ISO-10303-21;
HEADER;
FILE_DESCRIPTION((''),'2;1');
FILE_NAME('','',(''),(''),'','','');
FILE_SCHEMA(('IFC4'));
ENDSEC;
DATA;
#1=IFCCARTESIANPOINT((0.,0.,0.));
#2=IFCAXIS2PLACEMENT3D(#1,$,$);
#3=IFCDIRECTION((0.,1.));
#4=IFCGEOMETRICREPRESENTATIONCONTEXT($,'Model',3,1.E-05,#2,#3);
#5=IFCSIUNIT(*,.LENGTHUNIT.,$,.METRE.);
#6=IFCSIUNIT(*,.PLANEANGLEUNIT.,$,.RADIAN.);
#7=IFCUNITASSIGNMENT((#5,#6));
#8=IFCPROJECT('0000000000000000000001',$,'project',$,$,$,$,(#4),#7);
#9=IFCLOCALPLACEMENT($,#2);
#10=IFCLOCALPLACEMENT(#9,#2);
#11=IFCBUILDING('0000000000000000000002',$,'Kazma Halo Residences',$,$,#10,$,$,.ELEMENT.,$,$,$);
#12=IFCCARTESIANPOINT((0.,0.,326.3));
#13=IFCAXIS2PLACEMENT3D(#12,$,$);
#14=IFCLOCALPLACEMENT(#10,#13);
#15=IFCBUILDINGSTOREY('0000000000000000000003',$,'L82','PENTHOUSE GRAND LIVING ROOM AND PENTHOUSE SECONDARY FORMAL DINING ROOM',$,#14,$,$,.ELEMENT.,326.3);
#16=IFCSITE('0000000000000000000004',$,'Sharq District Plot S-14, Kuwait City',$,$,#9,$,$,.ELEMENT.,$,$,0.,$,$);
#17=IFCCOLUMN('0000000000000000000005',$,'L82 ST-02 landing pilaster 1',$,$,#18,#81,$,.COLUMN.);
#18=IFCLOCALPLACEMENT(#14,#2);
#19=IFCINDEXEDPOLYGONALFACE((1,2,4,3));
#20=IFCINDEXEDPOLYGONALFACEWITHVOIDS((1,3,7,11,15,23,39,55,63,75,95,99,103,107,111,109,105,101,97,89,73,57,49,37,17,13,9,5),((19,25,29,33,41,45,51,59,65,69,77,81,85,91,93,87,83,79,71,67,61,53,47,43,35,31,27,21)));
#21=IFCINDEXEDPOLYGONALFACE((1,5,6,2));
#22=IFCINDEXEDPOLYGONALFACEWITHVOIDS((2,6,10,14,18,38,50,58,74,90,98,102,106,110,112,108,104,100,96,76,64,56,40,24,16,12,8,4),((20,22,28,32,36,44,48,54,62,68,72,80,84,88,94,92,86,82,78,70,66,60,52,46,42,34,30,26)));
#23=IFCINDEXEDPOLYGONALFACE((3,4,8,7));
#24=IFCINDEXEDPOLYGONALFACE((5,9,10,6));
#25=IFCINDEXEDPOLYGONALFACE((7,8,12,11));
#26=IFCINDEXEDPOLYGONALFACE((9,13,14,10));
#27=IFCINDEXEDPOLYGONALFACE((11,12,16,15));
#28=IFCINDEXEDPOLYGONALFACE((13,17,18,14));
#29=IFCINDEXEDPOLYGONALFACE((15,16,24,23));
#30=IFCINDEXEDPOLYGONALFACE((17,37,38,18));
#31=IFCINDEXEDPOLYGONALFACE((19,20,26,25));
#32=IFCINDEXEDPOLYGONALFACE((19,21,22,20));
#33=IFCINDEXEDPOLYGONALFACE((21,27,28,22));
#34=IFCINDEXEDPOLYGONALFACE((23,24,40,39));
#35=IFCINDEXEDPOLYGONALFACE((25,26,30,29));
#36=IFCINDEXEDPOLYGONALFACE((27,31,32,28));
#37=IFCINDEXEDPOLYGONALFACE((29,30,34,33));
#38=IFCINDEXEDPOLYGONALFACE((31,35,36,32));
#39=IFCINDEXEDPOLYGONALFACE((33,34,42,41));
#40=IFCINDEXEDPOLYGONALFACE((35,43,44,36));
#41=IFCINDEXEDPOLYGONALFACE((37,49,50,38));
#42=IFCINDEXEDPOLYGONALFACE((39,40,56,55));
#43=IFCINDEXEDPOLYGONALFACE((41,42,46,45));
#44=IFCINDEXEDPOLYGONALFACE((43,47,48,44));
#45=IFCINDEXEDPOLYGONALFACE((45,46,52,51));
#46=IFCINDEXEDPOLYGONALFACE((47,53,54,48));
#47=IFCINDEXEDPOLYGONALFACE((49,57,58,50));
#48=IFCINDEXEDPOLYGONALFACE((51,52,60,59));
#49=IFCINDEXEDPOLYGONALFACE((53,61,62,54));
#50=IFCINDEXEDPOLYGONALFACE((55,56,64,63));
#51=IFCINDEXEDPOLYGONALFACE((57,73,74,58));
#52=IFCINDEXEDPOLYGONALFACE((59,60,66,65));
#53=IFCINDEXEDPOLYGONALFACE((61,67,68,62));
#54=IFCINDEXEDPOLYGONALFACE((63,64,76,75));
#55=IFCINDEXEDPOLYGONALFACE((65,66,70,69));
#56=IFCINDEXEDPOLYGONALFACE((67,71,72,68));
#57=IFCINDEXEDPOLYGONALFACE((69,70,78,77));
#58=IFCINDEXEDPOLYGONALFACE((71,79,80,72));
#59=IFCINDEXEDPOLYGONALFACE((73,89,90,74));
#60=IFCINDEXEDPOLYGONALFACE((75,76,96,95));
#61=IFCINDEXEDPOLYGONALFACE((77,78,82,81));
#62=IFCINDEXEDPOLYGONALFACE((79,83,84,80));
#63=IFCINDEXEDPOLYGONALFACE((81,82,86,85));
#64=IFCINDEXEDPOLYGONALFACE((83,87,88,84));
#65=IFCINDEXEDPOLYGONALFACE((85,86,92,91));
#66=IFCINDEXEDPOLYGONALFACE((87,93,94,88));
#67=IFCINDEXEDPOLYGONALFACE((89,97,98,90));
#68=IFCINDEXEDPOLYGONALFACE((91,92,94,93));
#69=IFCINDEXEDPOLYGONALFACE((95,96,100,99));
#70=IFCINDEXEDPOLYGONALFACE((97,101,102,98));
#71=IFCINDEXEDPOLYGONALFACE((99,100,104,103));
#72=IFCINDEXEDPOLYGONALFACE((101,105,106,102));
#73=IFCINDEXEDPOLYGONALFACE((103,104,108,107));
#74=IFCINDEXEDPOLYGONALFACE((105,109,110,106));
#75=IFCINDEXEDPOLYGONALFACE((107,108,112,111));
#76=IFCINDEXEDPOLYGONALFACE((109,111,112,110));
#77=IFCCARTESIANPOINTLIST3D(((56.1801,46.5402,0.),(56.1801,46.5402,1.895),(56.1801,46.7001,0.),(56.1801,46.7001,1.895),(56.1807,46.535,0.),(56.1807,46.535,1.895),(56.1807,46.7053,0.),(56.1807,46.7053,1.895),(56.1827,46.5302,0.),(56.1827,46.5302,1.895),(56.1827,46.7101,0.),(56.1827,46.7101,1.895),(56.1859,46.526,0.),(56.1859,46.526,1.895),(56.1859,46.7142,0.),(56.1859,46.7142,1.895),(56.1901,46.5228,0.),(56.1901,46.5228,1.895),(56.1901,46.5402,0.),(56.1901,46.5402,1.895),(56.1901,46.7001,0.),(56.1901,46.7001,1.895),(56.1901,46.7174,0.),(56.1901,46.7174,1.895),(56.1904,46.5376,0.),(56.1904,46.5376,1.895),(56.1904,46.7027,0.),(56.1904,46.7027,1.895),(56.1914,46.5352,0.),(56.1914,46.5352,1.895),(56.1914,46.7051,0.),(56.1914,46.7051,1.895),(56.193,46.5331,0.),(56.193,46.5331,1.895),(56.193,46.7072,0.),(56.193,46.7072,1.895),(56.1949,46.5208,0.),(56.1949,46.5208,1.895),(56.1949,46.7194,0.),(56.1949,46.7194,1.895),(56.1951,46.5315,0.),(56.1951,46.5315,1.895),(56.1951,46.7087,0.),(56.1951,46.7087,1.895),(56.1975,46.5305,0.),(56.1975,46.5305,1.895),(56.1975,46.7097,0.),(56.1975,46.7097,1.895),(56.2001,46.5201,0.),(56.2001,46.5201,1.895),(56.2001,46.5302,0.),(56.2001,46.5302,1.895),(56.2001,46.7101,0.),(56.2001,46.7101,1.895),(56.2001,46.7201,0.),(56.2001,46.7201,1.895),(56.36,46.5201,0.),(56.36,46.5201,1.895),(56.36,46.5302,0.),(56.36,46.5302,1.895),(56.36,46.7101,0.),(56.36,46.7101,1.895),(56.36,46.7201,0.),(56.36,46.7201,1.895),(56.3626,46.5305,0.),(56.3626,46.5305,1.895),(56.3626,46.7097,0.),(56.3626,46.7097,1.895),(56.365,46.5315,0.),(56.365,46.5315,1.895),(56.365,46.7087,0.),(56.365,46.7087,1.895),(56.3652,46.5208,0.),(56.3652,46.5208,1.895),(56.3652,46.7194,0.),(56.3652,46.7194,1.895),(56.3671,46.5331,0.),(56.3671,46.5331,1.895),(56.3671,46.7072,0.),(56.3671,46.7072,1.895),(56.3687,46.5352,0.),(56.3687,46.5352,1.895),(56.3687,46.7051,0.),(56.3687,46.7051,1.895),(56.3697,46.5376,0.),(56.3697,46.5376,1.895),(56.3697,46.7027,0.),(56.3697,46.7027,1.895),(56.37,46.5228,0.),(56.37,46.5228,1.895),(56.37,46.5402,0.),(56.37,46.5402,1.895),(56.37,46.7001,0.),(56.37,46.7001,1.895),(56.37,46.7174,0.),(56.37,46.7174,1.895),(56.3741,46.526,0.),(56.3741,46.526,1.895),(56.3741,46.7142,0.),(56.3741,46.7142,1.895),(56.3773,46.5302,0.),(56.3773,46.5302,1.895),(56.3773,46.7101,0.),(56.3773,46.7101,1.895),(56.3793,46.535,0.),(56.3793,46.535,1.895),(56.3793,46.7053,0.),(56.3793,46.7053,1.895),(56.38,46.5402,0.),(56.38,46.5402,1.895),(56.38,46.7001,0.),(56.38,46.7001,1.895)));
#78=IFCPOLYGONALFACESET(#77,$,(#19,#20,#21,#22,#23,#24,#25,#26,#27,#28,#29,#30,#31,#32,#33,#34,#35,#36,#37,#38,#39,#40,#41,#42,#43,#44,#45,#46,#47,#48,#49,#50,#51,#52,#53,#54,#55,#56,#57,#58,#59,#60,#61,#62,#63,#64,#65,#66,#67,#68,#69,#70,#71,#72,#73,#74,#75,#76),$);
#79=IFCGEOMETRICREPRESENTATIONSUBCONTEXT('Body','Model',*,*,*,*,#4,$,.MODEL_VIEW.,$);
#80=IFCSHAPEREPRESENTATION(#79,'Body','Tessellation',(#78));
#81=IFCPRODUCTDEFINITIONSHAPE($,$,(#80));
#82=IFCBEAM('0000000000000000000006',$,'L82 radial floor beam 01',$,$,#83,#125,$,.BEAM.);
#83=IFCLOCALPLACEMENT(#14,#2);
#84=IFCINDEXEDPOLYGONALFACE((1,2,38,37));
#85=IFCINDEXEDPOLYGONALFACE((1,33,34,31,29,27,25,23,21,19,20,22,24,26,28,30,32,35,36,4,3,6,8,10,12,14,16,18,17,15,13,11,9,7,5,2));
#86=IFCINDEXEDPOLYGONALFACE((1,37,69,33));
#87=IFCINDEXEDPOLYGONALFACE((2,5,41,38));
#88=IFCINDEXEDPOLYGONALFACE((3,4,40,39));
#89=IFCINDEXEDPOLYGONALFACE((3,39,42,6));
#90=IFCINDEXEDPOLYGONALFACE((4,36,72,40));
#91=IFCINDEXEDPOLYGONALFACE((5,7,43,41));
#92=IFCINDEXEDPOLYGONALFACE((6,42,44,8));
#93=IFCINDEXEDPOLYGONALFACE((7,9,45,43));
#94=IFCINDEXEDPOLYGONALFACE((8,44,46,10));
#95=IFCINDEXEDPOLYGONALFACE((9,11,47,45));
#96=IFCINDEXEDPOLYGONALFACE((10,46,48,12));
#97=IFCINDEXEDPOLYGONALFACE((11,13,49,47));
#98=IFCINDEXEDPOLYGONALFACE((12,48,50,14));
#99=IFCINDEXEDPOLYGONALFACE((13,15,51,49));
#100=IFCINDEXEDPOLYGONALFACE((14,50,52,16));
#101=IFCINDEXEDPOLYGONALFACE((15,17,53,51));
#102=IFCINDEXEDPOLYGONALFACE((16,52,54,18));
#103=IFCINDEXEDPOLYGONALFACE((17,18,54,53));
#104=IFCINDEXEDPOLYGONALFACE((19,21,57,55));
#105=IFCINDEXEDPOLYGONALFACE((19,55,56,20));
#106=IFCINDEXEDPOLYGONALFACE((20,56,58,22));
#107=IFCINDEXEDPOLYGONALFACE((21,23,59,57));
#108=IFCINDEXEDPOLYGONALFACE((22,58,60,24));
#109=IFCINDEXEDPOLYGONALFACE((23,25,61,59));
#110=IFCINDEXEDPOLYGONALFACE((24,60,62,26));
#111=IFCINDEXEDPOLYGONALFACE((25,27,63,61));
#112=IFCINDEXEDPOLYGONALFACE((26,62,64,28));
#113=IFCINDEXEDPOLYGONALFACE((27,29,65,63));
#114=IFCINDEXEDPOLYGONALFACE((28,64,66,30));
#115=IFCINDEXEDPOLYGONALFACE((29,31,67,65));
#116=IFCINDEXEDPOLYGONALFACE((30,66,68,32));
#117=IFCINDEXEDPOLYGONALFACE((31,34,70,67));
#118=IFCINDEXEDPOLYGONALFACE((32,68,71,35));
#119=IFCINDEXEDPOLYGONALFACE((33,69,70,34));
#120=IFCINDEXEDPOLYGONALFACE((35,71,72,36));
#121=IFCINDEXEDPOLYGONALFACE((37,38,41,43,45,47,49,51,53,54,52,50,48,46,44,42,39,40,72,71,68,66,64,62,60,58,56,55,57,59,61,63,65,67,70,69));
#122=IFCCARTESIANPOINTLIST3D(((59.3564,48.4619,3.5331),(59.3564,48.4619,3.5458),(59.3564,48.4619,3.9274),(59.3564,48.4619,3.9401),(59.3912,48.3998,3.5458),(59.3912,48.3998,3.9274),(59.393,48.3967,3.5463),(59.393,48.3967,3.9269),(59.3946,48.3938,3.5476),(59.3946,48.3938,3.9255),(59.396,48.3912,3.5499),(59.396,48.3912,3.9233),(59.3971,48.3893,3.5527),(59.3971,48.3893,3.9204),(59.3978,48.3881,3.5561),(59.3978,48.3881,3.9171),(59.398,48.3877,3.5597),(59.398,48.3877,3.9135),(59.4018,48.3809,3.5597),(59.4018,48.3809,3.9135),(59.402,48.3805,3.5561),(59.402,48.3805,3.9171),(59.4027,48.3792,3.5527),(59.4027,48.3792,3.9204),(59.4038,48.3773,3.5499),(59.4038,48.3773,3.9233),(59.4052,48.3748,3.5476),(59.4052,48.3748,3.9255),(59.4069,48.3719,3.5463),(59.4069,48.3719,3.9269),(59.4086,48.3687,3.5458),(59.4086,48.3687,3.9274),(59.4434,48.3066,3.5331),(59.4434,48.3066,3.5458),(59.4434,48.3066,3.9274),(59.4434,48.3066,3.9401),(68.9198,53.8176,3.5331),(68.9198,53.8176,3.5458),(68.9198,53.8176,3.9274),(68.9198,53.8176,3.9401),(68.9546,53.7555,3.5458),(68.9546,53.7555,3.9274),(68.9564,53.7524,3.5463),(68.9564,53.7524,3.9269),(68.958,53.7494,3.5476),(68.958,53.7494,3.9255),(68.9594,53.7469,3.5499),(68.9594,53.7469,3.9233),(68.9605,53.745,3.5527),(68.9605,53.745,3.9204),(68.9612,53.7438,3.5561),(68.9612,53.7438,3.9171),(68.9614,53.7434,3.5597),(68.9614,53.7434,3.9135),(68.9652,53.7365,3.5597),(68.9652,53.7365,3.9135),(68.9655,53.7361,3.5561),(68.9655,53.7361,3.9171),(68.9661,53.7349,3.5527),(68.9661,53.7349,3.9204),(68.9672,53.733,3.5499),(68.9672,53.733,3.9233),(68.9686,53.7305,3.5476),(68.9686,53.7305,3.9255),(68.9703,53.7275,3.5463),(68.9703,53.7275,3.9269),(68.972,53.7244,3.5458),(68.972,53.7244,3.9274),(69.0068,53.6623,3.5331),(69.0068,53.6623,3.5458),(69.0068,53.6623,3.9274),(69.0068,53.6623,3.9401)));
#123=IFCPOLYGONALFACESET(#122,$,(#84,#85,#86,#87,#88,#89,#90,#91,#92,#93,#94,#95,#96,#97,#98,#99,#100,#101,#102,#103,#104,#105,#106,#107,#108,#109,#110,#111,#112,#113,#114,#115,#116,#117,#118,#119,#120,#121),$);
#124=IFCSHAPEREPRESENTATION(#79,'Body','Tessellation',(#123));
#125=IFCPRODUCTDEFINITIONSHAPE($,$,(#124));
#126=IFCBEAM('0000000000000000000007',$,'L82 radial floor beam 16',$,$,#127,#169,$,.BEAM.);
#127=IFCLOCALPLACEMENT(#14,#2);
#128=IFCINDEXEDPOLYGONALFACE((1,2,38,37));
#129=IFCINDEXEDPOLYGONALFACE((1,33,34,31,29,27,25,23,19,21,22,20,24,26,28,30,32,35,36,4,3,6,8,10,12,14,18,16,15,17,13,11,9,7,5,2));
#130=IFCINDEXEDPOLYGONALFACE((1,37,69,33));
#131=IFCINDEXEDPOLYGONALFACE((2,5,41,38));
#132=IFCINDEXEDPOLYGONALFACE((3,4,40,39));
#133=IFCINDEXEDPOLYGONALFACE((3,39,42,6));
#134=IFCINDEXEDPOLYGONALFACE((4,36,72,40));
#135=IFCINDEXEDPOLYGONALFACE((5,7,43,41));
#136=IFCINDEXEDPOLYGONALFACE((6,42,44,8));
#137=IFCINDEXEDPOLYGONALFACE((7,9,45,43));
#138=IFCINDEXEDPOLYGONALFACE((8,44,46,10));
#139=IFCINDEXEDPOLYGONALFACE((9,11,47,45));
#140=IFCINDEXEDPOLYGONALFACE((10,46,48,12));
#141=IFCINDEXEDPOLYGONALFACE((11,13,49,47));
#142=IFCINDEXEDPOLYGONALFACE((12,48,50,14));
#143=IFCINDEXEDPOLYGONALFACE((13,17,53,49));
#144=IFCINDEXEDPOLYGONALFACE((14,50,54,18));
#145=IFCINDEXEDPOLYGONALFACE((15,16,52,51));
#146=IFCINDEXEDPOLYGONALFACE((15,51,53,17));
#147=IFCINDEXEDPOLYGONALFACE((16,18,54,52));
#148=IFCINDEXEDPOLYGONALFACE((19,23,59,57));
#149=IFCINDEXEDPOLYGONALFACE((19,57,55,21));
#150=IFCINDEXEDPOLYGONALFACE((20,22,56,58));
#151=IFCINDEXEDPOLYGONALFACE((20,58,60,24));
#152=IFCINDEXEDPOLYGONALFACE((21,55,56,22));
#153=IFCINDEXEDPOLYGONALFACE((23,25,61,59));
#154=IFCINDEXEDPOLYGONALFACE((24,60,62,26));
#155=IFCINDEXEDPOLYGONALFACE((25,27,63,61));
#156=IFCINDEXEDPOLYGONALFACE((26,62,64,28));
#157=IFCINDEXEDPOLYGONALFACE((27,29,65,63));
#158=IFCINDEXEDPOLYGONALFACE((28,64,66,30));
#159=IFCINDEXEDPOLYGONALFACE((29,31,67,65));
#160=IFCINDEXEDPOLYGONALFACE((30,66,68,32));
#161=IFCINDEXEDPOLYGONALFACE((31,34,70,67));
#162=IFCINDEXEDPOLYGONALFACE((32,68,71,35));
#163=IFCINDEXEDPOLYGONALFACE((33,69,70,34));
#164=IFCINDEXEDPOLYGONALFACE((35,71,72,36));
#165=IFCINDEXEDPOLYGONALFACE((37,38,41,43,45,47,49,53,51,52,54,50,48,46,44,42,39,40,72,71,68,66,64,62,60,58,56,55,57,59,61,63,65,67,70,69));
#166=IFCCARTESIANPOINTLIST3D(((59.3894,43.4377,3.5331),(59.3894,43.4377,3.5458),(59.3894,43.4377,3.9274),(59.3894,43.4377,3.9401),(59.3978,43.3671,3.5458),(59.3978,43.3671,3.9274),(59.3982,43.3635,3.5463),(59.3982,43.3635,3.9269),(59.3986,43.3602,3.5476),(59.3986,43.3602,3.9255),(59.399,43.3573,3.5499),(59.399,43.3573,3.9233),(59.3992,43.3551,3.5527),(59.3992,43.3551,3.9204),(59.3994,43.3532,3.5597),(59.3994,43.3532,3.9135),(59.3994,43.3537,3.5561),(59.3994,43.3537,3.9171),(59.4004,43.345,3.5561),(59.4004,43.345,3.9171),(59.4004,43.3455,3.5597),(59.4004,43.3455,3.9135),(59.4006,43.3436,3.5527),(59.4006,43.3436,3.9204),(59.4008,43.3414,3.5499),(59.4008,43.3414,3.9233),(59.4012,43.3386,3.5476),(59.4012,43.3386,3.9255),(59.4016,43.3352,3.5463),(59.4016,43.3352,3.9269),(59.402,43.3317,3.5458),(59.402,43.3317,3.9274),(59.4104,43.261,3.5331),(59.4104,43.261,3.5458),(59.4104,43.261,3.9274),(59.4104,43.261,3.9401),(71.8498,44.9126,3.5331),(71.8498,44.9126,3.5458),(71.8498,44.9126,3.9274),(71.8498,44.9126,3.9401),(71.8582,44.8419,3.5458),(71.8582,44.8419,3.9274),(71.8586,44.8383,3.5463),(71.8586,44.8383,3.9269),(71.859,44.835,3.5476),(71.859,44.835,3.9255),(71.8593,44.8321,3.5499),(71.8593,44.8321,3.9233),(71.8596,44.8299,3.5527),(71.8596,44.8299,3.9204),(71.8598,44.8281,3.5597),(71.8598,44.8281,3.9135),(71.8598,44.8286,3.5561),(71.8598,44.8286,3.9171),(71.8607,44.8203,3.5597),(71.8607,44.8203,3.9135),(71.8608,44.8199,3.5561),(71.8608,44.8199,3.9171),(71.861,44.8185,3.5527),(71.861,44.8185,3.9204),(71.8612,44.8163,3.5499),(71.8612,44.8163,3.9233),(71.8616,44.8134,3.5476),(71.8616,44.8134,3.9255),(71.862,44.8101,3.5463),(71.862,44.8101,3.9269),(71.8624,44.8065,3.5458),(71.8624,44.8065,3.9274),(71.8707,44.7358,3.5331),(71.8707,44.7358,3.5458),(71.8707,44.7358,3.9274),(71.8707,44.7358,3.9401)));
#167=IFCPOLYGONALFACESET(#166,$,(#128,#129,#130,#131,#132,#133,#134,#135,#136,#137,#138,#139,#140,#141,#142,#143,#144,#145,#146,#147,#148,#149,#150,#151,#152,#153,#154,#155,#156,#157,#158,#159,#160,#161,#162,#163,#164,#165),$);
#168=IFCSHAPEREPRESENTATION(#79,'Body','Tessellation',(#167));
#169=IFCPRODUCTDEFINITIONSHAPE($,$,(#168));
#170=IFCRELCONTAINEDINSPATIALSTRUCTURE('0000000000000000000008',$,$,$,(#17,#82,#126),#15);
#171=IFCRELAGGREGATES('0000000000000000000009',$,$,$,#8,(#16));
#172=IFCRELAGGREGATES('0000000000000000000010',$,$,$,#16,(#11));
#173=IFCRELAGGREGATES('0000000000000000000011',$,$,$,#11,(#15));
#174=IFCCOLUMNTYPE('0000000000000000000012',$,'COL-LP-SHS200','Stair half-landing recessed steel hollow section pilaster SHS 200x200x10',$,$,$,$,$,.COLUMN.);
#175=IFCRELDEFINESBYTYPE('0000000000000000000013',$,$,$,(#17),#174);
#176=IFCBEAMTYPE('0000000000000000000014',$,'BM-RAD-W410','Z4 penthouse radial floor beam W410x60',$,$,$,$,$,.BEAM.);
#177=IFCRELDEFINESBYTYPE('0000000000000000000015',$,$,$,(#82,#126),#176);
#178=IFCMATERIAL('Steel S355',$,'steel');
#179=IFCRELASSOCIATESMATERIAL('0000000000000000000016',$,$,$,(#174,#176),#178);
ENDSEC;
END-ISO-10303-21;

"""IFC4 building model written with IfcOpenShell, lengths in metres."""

from ifc_helpers import new_model, si_unit, direction, frame, origin, origin_2d, place, context, subcontext, project, spatial, hollow_rectangle, i_section, extrude, material, material_profile, profile_set, type_object, element, save


model = new_model("IFC4")

# Units and contexts
model_context = context("Model", 3, precision=1e-05, world=origin(), true_north=direction((0.0, 1.0)))
body_context = subcontext(model_context, "Body", "Model", "MODEL_VIEW")
ifc_project = project(units=[si_unit("LENGTHUNIT", "METRE"), si_unit("PLANEANGLEUNIT", "RADIAN")], contexts=[model_context])

# Site, building, storey
site_placement = place(None, origin())
site = spatial("IfcSite", under=ifc_project, at=site_placement, Name="Sharq District Plot S-14, Kuwait City", CompositionType="ELEMENT", RefElevation=0.0)
building_placement = place(site_placement, origin())
building = spatial("IfcBuilding", under=site, at=building_placement, Name="Kazma Halo Residences", CompositionType="ELEMENT")
storey_placement = place(building_placement, frame((0.0, 0.0, 326.3)))
storey = spatial("IfcBuildingStorey", under=building, at=storey_placement, Name="L82", Description="PENTHOUSE GRAND LIVING ROOM AND PENTHOUSE SECONDARY FORMAL DINING ROOM", CompositionType="ELEMENT", Elevation=326.3)

# Column
ifc_material_1 = material(Name="Steel S355", Category="steel")
ifc_material_profile_1 = material_profile(ifc_material_1, hollow_rectangle(XDim=0.2, YDim=0.2, WallThickness=0.01, InnerFilletRadius=0.01, OuterFilletRadius=0.02, at=origin_2d()), Name="SHS200x200x10")
ifc_profile_set_1 = profile_set([ifc_material_profile_1], Name="Steel S355")
column_type = type_object("IfcColumnType", Name="COL-LP-SHS200", Description="Stair half-landing recessed steel hollow section pilaster SHS 200x200x10", PredefinedType="COLUMN", material=ifc_profile_set_1)
column_placement = place(storey_placement, frame((56.28, 46.6201, 0.0), z_axis=(0.0, 0.0, 1.0), x_axis=(1.0, 0.0, 0.0)))
element("IfcColumn", 1, at=column_placement, inside=storey, type_object=column_type, Name="L82 ST-02 landing pilaster 1", PredefinedType="COLUMN", context=body_context, shape_type="SweptSolid", body=[
    extrude(hollow_rectangle(XDim=0.2, YDim=0.2, WallThickness=0.01, InnerFilletRadius=0.01, OuterFilletRadius=0.02, at=origin_2d()), origin(), (0.0, 0.0, 1.0), 1.895),
])

# Beams
ifc_material_profile_2 = material_profile(ifc_material_1, i_section(OverallWidth=0.178, OverallDepth=0.407, WebThickness=0.0078, FlangeThickness=0.0127, FilletRadius=0.0139, at=origin_2d()), Name="W410x60")
ifc_profile_set_2 = profile_set([ifc_material_profile_2], Name="Steel S355")
beam_type_1 = type_object("IfcBeamType", Name="BM-RAD-W410", Description="Z4 penthouse radial floor beam W410x60", PredefinedType="BEAM", material=ifc_profile_set_2)
beam_1_placement = place(storey_placement, frame((59.3999, 48.3843, 3.7366), z_axis=(0.8725, 0.488615, 0.0), x_axis=(-0.488615, 0.8725, 0.0)))
element("IfcBeam", 2, at=beam_1_placement, inside=storey, type_object=beam_type_1, Name="L82 radial floor beam 01", PredefinedType="BEAM", context=body_context, shape_type="SweptSolid", body=[
    extrude(i_section(OverallWidth=0.178, OverallDepth=0.407, WebThickness=0.0078, FlangeThickness=0.0127, FilletRadius=0.0139, at=origin_2d()), origin(), (0.0, 0.0, 1.0), 10.9609),
])
beam_2_placement = place(storey_placement, frame((59.3999, 43.3494, 3.7366), z_axis=(0.993068, 0.117542, 0.0), x_axis=(-0.117542, 0.993068, 0.0)))
element("IfcBeam", 3, at=beam_2_placement, inside=storey, type_object=beam_type_1, Name="L82 radial floor beam 16", PredefinedType="BEAM", context=body_context, shape_type="SweptSolid", body=[
    extrude(i_section(OverallWidth=0.178, OverallDepth=0.407, WebThickness=0.0078, FlangeThickness=0.0127, FilletRadius=0.0139, at=origin_2d()), origin(), (0.0, 0.0, 1.0), 12.5474),
])

save(model, "model.ifc")
